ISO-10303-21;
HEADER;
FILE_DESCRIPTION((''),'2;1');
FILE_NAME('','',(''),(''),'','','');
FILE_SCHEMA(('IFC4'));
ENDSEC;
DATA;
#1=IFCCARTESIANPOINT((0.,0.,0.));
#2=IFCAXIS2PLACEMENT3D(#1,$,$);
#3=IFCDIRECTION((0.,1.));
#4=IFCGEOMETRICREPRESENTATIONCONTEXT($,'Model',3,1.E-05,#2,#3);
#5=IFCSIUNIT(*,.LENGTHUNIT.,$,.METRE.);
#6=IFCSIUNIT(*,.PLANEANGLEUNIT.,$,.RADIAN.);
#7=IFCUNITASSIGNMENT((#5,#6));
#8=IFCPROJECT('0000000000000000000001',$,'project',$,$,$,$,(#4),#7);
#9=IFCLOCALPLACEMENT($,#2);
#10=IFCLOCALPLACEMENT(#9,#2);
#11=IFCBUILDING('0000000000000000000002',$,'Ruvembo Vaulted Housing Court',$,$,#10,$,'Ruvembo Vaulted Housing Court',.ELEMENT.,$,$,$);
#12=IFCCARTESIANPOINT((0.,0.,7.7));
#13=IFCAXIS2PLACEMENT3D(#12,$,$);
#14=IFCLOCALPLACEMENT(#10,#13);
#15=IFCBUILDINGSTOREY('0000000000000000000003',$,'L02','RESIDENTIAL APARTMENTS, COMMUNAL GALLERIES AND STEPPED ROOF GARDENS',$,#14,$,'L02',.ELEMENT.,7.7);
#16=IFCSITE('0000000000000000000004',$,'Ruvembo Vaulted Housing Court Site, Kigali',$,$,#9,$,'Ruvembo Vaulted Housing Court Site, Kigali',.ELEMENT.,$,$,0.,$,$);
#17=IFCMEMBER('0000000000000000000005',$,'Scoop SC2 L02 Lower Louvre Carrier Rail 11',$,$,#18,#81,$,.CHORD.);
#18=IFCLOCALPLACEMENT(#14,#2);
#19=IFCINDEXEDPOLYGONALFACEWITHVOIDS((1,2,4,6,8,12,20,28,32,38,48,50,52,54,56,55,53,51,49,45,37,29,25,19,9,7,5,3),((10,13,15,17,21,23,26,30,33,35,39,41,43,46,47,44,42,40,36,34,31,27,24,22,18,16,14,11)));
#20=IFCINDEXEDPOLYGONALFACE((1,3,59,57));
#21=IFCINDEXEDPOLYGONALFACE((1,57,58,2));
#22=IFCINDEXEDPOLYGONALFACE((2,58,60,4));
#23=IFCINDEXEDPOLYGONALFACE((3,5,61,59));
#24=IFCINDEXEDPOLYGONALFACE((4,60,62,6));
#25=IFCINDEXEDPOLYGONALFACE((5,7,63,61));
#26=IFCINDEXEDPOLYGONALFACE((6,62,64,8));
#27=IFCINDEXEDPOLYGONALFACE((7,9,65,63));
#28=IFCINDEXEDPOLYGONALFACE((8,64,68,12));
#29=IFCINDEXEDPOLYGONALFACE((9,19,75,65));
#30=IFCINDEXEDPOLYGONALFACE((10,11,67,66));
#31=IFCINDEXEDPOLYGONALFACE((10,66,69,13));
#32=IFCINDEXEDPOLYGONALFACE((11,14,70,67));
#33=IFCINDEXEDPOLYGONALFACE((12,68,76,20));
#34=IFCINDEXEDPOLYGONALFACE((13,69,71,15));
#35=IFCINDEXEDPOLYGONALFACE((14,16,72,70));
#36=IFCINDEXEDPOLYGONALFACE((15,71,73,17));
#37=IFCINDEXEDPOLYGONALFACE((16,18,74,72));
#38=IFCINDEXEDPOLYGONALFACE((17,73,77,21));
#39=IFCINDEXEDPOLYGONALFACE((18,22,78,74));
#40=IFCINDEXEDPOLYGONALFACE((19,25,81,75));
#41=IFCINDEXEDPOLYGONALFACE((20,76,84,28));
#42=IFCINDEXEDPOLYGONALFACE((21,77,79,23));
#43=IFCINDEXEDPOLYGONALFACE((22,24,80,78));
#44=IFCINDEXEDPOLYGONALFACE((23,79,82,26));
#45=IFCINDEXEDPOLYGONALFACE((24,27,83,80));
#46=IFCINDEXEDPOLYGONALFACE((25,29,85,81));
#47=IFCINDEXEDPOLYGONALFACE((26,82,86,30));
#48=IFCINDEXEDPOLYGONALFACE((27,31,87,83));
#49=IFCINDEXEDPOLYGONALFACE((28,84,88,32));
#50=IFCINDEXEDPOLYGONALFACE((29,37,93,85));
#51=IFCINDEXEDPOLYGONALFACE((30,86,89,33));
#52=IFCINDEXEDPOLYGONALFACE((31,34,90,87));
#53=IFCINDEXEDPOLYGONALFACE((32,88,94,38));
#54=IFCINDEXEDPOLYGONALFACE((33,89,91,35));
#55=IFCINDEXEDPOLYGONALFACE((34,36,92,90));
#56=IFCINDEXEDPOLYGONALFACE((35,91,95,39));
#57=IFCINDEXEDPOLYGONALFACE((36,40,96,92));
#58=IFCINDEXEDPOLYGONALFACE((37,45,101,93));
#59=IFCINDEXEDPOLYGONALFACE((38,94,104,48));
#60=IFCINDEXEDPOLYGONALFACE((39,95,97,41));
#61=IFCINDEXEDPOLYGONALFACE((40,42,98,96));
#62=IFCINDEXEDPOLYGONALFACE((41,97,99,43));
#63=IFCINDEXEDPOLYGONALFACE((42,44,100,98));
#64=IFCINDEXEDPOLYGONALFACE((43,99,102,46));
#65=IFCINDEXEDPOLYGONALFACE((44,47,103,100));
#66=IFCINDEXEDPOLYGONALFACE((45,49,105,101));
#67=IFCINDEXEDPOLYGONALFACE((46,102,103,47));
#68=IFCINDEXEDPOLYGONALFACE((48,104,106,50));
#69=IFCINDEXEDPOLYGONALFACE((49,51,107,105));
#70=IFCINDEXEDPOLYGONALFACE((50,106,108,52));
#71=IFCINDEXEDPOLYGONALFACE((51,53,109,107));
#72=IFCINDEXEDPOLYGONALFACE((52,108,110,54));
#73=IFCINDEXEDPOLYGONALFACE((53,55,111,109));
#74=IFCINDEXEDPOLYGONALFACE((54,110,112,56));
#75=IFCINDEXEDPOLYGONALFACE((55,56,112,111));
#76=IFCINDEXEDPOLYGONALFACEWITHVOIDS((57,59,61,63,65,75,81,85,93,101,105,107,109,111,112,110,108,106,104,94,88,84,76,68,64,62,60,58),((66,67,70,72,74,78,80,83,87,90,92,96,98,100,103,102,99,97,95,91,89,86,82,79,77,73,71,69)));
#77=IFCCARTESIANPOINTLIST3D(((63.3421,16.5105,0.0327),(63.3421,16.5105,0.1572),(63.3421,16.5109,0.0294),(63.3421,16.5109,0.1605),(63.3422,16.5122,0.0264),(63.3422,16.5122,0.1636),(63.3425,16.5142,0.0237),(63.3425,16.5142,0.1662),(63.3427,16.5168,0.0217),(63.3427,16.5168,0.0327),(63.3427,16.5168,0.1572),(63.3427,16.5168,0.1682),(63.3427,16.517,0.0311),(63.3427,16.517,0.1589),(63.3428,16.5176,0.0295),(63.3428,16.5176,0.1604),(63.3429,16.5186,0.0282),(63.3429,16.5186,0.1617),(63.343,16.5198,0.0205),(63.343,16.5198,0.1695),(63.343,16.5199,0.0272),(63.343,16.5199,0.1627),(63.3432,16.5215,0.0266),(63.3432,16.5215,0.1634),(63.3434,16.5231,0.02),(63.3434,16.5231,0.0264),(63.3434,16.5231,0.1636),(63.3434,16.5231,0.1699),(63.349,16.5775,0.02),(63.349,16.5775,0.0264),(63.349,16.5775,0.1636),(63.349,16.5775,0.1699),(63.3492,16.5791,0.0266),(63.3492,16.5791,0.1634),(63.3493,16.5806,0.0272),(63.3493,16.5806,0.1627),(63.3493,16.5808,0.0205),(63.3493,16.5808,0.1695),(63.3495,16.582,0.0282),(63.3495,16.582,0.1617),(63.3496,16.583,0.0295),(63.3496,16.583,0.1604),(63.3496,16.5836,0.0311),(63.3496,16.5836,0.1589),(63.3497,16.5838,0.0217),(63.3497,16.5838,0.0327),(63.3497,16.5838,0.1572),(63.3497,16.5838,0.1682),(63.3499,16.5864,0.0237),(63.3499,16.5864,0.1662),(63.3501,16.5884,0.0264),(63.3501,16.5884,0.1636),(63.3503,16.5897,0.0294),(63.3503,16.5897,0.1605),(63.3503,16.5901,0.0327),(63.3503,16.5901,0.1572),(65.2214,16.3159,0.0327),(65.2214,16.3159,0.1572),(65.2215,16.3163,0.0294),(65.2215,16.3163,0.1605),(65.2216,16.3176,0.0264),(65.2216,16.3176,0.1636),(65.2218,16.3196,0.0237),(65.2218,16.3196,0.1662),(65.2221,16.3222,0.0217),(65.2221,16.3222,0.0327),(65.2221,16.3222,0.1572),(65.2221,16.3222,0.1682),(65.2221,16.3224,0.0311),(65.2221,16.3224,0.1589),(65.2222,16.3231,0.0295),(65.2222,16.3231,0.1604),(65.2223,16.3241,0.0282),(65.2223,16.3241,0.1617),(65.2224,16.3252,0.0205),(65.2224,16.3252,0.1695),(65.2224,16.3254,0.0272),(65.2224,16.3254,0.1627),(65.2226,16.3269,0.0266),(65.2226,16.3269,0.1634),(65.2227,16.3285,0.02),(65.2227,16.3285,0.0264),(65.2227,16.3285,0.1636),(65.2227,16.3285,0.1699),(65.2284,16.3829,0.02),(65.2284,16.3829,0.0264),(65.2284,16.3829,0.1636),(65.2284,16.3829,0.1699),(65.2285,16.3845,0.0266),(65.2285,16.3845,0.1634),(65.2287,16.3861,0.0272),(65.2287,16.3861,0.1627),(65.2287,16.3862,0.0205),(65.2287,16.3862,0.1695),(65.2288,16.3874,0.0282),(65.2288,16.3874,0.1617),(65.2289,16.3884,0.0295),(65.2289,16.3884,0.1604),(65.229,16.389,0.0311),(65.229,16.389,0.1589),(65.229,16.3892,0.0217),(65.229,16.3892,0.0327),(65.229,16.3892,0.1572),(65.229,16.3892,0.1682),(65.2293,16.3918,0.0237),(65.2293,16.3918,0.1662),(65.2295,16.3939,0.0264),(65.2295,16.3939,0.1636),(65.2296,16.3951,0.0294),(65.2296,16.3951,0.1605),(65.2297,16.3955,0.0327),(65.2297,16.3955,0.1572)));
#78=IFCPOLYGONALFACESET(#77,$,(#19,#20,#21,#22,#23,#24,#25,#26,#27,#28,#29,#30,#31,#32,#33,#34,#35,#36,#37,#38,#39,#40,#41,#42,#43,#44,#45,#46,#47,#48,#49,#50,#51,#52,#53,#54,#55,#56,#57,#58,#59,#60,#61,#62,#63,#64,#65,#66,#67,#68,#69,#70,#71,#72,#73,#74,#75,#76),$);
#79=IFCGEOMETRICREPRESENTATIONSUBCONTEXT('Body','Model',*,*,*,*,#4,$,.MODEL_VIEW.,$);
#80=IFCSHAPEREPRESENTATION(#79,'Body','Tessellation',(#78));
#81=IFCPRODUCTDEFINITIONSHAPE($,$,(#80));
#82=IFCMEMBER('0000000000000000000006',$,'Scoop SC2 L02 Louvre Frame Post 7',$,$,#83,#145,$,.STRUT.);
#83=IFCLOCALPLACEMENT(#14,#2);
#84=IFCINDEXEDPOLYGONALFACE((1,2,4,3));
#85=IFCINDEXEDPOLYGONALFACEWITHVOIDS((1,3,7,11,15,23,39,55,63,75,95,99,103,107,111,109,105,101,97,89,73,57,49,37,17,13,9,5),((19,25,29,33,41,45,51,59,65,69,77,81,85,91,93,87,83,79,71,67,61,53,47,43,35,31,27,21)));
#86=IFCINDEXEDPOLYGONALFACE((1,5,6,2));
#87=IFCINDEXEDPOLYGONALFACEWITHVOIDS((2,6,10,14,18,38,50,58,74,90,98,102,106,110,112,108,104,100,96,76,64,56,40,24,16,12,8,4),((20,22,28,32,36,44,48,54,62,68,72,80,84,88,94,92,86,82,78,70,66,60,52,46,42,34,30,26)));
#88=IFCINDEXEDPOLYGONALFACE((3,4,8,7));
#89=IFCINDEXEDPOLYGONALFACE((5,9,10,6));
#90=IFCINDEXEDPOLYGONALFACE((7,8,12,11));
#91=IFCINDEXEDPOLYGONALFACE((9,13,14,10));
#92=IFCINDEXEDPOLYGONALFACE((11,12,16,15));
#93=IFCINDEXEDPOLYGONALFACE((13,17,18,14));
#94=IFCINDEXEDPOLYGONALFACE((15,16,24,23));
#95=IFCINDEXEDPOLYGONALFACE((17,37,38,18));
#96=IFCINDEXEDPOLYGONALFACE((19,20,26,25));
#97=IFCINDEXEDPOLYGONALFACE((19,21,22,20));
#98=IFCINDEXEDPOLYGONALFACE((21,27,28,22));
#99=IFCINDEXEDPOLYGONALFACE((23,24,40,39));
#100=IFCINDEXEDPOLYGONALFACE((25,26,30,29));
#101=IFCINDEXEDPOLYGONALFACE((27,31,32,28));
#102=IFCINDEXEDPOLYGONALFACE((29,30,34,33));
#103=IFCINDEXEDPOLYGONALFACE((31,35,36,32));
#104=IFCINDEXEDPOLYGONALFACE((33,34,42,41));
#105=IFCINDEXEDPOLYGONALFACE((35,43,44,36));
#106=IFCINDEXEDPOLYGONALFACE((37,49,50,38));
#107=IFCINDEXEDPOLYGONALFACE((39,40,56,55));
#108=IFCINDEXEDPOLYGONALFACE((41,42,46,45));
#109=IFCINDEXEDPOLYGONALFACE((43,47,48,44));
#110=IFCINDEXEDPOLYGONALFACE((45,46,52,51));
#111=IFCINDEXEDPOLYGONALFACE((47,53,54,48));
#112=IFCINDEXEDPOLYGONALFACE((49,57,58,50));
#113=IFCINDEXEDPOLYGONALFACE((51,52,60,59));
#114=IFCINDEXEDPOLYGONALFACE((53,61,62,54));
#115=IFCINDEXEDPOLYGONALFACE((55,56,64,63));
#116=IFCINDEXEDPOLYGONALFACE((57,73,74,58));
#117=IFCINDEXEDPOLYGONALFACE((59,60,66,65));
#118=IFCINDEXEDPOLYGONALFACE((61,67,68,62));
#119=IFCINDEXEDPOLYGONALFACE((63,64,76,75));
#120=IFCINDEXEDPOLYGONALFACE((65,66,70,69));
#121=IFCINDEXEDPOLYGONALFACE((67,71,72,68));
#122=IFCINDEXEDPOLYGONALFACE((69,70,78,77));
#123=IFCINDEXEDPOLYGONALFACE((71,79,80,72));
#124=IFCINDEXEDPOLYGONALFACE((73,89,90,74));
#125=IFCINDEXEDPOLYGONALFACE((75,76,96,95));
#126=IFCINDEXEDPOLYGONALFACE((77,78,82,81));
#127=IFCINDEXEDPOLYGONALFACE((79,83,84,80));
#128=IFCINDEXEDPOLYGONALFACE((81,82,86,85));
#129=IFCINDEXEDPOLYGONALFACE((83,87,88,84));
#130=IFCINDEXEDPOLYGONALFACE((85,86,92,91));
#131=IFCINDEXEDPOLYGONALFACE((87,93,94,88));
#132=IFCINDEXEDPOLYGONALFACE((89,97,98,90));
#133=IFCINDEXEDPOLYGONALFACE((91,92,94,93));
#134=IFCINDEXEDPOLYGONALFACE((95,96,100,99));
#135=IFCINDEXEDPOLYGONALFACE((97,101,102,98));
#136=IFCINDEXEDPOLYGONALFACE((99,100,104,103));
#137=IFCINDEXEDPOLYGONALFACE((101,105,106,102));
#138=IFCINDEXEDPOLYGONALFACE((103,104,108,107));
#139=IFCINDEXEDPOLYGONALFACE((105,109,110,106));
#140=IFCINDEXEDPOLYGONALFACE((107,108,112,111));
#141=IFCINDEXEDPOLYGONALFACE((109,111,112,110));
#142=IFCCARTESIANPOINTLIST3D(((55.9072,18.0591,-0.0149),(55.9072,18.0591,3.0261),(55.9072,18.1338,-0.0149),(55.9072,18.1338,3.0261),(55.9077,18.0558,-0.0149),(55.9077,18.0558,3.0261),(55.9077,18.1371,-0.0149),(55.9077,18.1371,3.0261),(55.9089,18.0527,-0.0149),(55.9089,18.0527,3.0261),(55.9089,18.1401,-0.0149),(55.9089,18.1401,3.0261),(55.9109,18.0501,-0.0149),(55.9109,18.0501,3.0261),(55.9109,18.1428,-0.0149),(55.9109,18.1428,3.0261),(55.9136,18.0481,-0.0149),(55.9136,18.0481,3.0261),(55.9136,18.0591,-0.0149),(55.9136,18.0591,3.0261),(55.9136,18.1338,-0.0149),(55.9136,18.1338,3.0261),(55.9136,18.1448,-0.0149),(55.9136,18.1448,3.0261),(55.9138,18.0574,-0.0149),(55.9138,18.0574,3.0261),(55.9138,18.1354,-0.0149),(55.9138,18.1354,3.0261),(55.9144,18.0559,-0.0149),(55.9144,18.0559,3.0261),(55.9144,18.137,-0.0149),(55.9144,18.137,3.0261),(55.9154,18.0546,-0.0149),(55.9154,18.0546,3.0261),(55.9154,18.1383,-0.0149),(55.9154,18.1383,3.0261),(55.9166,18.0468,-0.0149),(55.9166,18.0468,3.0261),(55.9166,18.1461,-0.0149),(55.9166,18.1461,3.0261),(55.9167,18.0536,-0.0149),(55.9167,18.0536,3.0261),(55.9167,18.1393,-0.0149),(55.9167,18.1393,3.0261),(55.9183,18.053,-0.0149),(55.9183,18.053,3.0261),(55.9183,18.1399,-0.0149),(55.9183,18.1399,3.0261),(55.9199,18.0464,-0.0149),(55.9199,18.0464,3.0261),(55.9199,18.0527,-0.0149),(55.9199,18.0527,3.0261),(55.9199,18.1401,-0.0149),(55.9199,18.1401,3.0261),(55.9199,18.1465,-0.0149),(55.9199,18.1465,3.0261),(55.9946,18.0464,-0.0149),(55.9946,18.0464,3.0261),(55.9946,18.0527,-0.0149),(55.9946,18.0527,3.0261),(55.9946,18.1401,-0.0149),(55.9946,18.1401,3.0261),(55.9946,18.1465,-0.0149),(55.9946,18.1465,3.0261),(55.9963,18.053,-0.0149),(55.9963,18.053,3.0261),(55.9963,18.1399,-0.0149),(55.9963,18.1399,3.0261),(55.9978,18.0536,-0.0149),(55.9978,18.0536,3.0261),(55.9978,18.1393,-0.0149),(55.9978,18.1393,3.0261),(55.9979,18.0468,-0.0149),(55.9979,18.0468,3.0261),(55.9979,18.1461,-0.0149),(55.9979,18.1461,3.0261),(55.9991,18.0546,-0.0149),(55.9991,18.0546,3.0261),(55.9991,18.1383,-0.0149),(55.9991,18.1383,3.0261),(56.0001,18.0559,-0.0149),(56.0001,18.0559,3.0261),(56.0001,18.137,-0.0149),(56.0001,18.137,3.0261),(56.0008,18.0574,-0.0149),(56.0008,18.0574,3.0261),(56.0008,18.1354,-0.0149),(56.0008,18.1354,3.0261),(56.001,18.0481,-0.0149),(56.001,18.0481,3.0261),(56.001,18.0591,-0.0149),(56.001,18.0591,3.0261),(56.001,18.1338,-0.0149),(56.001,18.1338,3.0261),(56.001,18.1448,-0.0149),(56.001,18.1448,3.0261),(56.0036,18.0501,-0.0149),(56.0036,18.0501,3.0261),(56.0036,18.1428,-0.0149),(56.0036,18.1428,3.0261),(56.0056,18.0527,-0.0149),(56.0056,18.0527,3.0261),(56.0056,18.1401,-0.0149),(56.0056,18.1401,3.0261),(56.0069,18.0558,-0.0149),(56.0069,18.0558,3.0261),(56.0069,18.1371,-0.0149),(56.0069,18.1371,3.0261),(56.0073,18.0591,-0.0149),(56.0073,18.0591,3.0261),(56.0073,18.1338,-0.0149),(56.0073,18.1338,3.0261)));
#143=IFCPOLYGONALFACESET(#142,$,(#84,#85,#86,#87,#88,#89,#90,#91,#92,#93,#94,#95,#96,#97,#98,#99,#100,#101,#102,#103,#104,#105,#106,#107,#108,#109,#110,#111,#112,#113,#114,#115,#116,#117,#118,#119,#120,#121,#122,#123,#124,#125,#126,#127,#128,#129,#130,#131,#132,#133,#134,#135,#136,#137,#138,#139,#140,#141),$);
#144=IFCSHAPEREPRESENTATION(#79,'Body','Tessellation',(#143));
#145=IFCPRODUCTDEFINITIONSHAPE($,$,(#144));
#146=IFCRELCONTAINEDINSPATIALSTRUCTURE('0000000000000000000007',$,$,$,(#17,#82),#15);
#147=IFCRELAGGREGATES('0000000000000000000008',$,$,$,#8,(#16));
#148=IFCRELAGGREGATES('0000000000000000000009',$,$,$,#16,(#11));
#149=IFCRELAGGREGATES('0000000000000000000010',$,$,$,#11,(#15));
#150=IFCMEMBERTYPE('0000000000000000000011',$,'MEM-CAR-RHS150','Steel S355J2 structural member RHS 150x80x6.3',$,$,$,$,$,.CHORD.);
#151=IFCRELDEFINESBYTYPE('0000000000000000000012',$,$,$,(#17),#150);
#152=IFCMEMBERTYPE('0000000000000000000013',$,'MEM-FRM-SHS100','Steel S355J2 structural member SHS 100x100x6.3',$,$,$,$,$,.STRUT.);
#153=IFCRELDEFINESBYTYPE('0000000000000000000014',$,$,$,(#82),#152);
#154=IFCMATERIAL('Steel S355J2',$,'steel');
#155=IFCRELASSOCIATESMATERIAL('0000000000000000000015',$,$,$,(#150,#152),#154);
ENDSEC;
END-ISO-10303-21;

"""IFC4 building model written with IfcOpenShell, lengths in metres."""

from ifc_helpers import new_model, si_unit, direction, frame, origin, origin_2d, place, context, subcontext, project, spatial, hollow_rectangle, extrude, material, material_profile, profile_set, type_object, element, save


model = new_model("IFC4")

# Units and contexts
model_context = context("Model", 3, precision=1e-05, world=origin(), true_north=direction((0.0, 1.0)))
body_context = subcontext(model_context, "Body", "Model", "MODEL_VIEW")
ifc_project = project(units=[si_unit("LENGTHUNIT", "METRE"), si_unit("PLANEANGLEUNIT", "RADIAN")], contexts=[model_context])

# Site, building, storey
site_placement = place(None, origin())
site = spatial("IfcSite", under=ifc_project, at=site_placement, Name="Ruvembo Vaulted Housing Court Site, Kigali", LongName="Ruvembo Vaulted Housing Court Site, Kigali", CompositionType="ELEMENT", RefElevation=0.0)
building_placement = place(site_placement, origin())
building = spatial("IfcBuilding", under=site, at=building_placement, Name="Ruvembo Vaulted Housing Court", LongName="Ruvembo Vaulted Housing Court", CompositionType="ELEMENT")
storey_placement = place(building_placement, frame((0.0, 0.0, 7.7)))
storey = spatial("IfcBuildingStorey", under=building, at=storey_placement, Name="L02", Description="RESIDENTIAL APARTMENTS, COMMUNAL GALLERIES AND STEPPED ROOF GARDENS", LongName="L02", CompositionType="ELEMENT", Elevation=7.7)

# Shared definitions
ifc_material_1 = material(Name="Steel S355J2", Category="steel")

# Members
ifc_material_profile_1 = material_profile(ifc_material_1, hollow_rectangle(XDim=0.0801, YDim=0.1499, WallThickness=0.0063, InnerFilletRadius=0.0063, OuterFilletRadius=0.0127, at=origin_2d()), Name="RHS 150x80x6.3")
ifc_profile_set_1 = profile_set([ifc_material_profile_1], Name="Steel S355J2")
member_type_1 = type_object("IfcMemberType", Name="MEM-CAR-RHS150", Description="Steel S355J2 structural member RHS 150x80x6.3", PredefinedType="CHORD", material=ifc_profile_set_1)
member_1_placement = place(storey_placement, frame((63.3462, 16.5503, 0.095), z_axis=(0.994683, -0.102983, 0.0), x_axis=(0.102983, 0.994683, 0.0)))
element("IfcMember", 1, at=member_1_placement, inside=storey, type_object=member_type_1, Name="Scoop SC2 L02 Lower Louvre Carrier Rail 11", PredefinedType="CHORD", context=body_context, shape_type="SweptSolid", body=[
    extrude(hollow_rectangle(XDim=0.0801, YDim=0.1499, WallThickness=0.0063, InnerFilletRadius=0.0063, OuterFilletRadius=0.0127, at=origin_2d()), origin(), (0.0, 0.0, 1.0), 1.8894),
])
ifc_material_profile_2 = material_profile(ifc_material_1, hollow_rectangle(XDim=0.1001, YDim=0.1001, WallThickness=0.0063, InnerFilletRadius=0.0063, OuterFilletRadius=0.0127, at=origin_2d()), Name="SHS 100x100x6.3")
ifc_profile_set_2 = profile_set([ifc_material_profile_2], Name="Steel S355J2")
member_type_2 = type_object("IfcMemberType", Name="MEM-FRM-SHS100", Description="Steel S355J2 structural member SHS 100x100x6.3", PredefinedType="STRUT", material=ifc_profile_set_2)
for number, where, z_axis, x_axis, name in (
    (2, (55.9573, 18.0964, -0.0149), (0.0, 0.0, 1.0), (1.0, 0.0, 0.0), "Scoop SC2 L02 Louvre Frame Post 7"),
):
    element("IfcMember", number, at=place(storey_placement, frame(where, z_axis=z_axis, x_axis=x_axis)), inside=storey, type_object=member_type_2, Name=name, PredefinedType="STRUT", context=body_context, shape_type="SweptSolid", body=[
        extrude(hollow_rectangle(XDim=0.1001, YDim=0.1001, WallThickness=0.0063, InnerFilletRadius=0.0063, OuterFilletRadius=0.0127, at=origin_2d()), origin(), (0.0, 0.0, 1.0), 3.041),
    ])

save(model, "model.ifc")
